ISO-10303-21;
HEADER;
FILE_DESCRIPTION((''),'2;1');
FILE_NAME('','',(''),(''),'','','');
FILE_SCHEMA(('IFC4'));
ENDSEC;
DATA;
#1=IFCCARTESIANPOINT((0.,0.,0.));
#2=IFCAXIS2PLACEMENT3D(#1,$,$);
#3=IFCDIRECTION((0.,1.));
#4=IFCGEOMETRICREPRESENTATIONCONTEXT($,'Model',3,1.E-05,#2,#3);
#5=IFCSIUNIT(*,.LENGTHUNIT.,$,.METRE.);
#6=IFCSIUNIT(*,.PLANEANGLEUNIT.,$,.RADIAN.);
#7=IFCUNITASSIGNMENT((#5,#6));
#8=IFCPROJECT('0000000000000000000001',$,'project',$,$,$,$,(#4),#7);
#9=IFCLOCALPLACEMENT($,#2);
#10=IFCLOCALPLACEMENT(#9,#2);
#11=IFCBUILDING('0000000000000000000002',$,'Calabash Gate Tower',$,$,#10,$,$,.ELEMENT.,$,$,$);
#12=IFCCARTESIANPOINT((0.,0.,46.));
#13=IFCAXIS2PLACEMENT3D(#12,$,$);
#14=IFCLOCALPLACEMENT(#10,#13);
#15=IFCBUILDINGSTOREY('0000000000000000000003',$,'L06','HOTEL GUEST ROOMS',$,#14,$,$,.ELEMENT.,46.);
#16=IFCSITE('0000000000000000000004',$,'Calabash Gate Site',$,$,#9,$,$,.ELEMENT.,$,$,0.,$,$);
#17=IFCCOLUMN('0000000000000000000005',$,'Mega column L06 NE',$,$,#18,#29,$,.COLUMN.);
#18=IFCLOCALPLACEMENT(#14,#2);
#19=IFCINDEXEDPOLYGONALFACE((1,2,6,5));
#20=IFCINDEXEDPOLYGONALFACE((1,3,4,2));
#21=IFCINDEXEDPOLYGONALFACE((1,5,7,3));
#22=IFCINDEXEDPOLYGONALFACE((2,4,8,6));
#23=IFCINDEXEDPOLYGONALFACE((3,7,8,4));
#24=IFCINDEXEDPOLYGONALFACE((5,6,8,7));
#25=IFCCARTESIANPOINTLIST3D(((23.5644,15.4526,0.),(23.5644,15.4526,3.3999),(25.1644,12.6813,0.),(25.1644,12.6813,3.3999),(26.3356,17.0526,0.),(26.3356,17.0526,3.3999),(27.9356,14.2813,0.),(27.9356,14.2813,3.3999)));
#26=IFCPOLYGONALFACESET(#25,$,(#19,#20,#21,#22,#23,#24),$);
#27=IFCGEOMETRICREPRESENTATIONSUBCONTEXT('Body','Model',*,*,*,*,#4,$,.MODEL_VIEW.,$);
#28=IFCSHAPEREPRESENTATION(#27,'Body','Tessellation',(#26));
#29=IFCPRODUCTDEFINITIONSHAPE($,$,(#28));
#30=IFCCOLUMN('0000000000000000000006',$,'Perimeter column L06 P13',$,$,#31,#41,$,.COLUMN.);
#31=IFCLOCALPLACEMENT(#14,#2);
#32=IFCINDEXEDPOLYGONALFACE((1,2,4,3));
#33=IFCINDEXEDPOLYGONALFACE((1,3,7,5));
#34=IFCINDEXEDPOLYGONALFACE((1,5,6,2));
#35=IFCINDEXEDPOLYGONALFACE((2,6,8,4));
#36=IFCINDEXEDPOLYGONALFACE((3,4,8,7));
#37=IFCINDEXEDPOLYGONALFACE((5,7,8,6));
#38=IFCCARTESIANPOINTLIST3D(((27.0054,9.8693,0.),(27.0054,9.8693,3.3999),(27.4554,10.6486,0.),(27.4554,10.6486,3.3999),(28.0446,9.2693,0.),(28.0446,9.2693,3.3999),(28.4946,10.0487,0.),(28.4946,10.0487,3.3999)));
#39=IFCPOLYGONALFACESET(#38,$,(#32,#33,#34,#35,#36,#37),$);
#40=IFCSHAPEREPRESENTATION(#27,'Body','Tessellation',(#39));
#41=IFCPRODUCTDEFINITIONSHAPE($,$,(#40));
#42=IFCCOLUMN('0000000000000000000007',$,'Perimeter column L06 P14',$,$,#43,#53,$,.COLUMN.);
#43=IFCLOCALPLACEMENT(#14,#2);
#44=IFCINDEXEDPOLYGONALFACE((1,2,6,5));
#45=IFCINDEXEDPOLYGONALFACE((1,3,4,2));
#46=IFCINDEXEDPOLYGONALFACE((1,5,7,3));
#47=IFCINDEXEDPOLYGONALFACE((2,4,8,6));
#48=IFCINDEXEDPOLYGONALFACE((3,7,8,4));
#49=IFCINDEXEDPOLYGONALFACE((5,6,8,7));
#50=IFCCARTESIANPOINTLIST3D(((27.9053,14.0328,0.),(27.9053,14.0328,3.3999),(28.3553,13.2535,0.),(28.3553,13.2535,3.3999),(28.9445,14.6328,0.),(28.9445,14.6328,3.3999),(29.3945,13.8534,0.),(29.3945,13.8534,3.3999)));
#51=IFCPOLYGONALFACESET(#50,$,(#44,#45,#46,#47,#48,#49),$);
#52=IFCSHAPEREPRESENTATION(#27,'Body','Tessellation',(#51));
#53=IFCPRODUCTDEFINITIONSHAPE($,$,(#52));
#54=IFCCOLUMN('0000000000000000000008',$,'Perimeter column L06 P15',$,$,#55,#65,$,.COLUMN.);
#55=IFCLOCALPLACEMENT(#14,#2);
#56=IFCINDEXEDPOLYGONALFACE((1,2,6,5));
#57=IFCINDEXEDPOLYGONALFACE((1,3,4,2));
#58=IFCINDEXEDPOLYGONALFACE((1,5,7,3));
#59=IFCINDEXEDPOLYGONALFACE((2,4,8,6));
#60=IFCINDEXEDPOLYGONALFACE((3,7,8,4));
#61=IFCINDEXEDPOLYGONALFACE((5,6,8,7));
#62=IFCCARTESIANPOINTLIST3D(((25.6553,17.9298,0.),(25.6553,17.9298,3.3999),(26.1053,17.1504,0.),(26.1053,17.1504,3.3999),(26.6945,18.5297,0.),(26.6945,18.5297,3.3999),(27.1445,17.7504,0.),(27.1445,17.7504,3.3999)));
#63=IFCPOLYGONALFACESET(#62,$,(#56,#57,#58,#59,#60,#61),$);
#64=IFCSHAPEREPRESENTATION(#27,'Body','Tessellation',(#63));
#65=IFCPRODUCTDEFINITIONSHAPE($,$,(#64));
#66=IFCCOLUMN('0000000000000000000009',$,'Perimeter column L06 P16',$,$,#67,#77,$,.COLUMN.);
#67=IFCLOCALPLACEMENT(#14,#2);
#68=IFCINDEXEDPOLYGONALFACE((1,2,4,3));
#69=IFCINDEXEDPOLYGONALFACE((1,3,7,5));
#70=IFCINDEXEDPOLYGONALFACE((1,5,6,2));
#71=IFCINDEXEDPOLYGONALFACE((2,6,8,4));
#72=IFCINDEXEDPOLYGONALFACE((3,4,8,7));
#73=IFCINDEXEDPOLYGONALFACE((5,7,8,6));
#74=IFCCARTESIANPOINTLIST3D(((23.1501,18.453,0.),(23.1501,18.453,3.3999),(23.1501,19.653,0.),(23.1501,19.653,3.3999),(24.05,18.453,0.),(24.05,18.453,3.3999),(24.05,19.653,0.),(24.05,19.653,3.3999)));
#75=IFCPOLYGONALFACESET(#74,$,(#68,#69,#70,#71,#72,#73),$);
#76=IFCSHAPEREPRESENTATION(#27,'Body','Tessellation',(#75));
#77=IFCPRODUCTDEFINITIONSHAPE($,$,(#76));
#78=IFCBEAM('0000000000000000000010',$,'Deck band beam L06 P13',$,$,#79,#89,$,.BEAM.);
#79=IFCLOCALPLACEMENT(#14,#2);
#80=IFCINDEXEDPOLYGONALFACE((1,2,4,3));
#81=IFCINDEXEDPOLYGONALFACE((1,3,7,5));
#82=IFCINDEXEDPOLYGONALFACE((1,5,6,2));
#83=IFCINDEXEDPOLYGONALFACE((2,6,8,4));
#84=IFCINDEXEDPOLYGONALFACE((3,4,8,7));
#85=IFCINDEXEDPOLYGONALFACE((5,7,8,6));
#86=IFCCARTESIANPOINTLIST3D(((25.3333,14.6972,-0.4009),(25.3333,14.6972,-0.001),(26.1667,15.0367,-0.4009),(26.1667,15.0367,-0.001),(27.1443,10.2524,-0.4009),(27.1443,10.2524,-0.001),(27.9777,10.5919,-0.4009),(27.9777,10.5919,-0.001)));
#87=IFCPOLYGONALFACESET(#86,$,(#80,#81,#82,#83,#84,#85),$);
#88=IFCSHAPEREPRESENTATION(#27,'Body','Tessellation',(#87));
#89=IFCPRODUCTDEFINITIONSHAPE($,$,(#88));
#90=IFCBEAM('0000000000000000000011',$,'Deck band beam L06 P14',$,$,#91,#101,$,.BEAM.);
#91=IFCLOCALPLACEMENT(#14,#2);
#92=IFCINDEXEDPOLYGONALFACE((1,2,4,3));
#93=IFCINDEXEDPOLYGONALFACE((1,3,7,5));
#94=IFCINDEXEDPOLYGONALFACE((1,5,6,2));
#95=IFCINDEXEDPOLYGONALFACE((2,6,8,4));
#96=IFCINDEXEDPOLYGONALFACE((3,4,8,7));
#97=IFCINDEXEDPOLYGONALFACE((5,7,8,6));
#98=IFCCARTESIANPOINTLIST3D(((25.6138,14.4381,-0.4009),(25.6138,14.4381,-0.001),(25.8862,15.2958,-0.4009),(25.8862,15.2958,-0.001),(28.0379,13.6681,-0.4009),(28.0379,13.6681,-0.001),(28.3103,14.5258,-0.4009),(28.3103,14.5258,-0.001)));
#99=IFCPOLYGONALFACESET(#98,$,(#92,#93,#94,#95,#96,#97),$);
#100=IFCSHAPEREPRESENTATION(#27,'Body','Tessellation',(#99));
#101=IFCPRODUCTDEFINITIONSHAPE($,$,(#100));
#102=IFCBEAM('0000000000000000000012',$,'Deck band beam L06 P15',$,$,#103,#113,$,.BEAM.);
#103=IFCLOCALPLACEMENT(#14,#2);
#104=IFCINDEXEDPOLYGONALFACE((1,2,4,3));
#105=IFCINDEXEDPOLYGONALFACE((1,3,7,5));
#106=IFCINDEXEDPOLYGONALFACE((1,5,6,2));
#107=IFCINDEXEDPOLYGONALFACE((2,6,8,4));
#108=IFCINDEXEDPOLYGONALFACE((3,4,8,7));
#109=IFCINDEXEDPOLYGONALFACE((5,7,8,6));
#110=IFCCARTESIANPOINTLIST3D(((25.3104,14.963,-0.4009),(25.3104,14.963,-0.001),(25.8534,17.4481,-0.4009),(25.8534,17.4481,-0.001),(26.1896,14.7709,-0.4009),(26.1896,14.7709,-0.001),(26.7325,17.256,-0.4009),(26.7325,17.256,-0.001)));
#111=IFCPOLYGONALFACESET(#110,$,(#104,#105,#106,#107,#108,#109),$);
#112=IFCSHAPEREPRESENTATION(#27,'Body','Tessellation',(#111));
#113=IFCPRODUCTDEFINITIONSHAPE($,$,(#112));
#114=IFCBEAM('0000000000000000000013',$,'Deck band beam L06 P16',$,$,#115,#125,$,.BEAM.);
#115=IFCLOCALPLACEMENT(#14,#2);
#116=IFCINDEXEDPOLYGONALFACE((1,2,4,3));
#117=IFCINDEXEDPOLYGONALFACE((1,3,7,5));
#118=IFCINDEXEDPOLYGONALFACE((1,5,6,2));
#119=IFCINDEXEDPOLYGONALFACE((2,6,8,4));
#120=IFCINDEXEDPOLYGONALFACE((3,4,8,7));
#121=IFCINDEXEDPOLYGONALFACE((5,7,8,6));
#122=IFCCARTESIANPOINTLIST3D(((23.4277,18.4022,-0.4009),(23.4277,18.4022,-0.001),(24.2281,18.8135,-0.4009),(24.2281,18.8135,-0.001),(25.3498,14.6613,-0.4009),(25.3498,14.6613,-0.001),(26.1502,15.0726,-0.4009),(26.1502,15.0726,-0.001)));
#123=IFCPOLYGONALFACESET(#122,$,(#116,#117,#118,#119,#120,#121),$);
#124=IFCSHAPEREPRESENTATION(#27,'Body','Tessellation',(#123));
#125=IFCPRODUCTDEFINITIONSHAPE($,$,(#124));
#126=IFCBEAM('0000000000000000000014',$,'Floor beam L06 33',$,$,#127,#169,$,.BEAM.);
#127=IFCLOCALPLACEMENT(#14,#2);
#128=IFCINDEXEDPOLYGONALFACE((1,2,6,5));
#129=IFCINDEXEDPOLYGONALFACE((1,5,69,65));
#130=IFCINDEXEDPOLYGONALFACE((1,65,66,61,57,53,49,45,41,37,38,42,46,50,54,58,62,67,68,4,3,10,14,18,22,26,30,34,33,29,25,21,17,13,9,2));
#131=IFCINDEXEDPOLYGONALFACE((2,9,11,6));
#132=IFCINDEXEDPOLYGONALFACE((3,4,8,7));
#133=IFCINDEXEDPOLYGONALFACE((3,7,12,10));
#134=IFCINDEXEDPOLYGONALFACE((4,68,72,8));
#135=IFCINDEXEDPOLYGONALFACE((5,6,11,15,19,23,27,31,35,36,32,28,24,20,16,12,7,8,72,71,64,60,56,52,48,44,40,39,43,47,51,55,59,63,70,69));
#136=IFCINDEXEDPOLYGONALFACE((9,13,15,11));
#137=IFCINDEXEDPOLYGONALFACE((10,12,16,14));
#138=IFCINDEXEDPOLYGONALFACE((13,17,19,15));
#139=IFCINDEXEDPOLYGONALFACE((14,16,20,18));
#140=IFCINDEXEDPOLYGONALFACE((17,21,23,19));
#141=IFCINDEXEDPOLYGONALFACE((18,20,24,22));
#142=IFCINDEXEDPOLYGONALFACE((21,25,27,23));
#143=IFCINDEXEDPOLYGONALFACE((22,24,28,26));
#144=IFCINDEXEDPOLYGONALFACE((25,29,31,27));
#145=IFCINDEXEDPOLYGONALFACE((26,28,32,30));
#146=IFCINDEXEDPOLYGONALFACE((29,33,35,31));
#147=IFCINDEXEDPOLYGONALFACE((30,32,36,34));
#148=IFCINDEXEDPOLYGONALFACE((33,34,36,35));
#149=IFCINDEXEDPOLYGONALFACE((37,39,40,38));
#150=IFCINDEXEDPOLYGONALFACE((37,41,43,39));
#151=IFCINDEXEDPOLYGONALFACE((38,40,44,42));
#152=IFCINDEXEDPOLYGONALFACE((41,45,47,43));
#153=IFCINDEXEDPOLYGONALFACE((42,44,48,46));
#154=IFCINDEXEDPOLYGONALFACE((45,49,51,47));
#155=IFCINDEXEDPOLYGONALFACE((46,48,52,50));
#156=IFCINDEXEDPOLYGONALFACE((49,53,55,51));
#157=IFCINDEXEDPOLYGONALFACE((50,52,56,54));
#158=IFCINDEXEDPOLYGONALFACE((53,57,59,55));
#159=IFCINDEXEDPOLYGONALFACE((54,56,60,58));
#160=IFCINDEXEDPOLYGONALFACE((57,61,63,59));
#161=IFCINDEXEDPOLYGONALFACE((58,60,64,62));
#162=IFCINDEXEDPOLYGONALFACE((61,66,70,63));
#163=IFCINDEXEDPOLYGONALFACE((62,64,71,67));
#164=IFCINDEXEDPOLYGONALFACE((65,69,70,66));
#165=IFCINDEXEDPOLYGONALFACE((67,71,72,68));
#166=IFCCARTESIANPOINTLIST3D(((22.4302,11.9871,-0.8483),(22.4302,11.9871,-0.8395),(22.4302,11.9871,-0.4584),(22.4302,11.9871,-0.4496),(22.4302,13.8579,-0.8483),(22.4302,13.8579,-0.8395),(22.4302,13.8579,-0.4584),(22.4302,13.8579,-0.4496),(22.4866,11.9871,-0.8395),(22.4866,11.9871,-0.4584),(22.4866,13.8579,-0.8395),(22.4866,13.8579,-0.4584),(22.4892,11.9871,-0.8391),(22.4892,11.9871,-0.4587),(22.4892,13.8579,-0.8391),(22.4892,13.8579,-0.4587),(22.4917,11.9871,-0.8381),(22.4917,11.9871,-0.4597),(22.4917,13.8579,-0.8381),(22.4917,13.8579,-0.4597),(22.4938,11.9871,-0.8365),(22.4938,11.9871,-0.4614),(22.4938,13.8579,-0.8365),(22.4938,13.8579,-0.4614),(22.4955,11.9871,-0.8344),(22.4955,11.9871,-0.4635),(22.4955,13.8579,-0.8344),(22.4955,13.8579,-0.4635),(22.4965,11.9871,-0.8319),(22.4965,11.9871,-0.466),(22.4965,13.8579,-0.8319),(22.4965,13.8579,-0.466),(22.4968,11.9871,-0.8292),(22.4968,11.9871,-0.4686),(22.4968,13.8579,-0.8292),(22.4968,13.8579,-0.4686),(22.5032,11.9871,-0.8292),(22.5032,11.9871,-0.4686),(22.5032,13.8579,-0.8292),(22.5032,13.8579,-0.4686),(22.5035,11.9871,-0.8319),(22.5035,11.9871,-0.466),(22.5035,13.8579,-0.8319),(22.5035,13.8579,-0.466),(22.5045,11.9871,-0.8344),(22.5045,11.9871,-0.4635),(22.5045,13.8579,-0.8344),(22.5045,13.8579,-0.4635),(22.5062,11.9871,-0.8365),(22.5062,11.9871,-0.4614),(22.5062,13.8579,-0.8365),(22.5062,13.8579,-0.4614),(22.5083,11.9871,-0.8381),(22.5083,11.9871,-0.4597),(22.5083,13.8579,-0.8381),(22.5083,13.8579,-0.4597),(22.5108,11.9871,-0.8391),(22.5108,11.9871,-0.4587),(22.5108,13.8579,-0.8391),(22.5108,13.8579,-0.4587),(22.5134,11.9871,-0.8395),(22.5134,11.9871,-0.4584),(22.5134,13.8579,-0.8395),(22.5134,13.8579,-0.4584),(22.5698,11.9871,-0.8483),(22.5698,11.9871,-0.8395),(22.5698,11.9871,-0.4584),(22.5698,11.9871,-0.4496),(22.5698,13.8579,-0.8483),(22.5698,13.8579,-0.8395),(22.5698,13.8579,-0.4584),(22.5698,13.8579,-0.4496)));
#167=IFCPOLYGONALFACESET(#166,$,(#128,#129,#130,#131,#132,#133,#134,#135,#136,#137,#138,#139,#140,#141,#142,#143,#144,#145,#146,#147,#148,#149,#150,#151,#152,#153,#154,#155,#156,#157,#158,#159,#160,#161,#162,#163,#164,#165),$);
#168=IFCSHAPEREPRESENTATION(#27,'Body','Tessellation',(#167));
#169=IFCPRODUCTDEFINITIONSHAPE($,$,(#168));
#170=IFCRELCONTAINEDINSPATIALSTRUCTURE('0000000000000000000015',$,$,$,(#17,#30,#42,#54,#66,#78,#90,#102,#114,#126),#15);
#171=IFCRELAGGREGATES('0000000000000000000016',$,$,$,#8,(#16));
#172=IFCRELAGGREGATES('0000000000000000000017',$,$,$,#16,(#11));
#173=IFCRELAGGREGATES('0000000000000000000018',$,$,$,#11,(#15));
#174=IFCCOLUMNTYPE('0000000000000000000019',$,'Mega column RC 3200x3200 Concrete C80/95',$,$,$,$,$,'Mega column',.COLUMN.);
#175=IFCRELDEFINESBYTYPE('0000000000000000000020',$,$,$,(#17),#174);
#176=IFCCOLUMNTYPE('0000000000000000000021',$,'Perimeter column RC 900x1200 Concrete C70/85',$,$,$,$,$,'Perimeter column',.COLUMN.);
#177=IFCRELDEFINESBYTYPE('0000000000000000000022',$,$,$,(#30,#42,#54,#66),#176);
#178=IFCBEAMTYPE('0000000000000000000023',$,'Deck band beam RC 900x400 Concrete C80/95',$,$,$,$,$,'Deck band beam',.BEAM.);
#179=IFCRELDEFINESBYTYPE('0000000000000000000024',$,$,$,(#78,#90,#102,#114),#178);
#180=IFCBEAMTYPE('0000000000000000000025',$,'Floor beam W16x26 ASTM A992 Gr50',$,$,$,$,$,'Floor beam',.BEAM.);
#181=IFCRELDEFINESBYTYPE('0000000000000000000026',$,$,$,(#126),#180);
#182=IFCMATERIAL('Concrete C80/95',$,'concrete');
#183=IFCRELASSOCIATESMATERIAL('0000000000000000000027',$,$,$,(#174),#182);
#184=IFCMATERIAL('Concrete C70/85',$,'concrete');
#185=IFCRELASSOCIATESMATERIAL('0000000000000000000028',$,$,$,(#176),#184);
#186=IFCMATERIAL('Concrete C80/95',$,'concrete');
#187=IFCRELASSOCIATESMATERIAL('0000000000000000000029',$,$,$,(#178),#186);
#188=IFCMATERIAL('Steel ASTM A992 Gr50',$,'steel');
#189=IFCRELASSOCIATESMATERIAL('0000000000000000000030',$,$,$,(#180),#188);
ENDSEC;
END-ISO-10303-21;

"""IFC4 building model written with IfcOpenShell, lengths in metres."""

from ifc_helpers import new_model, si_unit, direction, frame, origin, origin_2d, place, context, subcontext, project, spatial, rectangle, i_section, extrude, material, material_profile, profile_set, type_object, element, save


model = new_model("IFC4")

# Units and contexts
model_context = context("Model", 3, precision=1e-05, world=origin(), true_north=direction((0.0, 1.0)))
body_context = subcontext(model_context, "Body", "Model", "MODEL_VIEW")
ifc_project = project(units=[si_unit("LENGTHUNIT", "METRE"), si_unit("PLANEANGLEUNIT", "RADIAN")], contexts=[model_context])

# Site, building, storey
site_placement = place(None, origin())
site = spatial("IfcSite", under=ifc_project, at=site_placement, Name="Calabash Gate Site", CompositionType="ELEMENT", RefElevation=0.0)
building_placement = place(site_placement, origin())
building = spatial("IfcBuilding", under=site, at=building_placement, Name="Calabash Gate Tower", CompositionType="ELEMENT")
storey_placement = place(building_placement, frame((0.0, 0.0, 46.0)))
storey = spatial("IfcBuildingStorey", under=building, at=storey_placement, Name="L06", Description="HOTEL GUEST ROOMS", CompositionType="ELEMENT", Elevation=46.0)

# Columns
ifc_material_1 = material(Name="Concrete C80/95", Category="concrete")
ifc_material_profile_1 = material_profile(ifc_material_1, rectangle(XDim=3.2, YDim=3.2, at=origin_2d()))
ifc_profile_set_1 = profile_set([ifc_material_profile_1], Name="Concrete C80/95")
column_type_1 = type_object("IfcColumnType", Name="Mega column RC 3200x3200 Concrete C80/95", ElementType="Mega column", PredefinedType="COLUMN", material=ifc_profile_set_1)
column_placement = place(storey_placement, frame((25.75, 14.8669, 0.0), z_axis=(0.0, 0.0, 1.0), x_axis=(-0.866025, -0.5, 0.0)))
element("IfcColumn", 1, at=column_placement, inside=storey, type_object=column_type_1, Name="Mega column L06 NE", PredefinedType="COLUMN", context=body_context, shape_type="SweptSolid", body=[
    extrude(rectangle(XDim=3.2, YDim=3.2, at=origin_2d()), origin(), (0.0, 0.0, 1.0), 3.3999),
])
ifc_material_2 = material(Name="Concrete C70/85", Category="concrete")
ifc_material_profile_2 = material_profile(ifc_material_2, rectangle(XDim=0.8999, YDim=1.2, at=origin_2d()))
ifc_profile_set_2 = profile_set([ifc_material_profile_2], Name="Concrete C70/85")
column_type_2 = type_object("IfcColumnType", Name="Perimeter column RC 900x1200 Concrete C70/85", ElementType="Perimeter column", PredefinedType="COLUMN", material=ifc_profile_set_2)
for number, where, z_axis, x_axis, name in (
    (2, (27.75, 9.959, 0.0), (0.0, 0.0, 1.0), (0.5, 0.866025, 0.0), "Perimeter column L06 P13"),
    (3, (28.6499, 13.9431, 0.0), (0.0, 0.0, 1.0), (-0.5, 0.866025, 0.0), "Perimeter column L06 P14"),
    (4, (26.3999, 17.8401, 0.0), (0.0, 0.0, 1.0), (-0.5, 0.866025, 0.0), "Perimeter column L06 P15"),
    (5, (23.6001, 19.053, 0.0), (0.0, 0.0, 1.0), (-1.0, 0.0, 0.0), "Perimeter column L06 P16"),
):
    element("IfcColumn", number, at=place(storey_placement, frame(where, z_axis=z_axis, x_axis=x_axis)), inside=storey, type_object=column_type_2, Name=name, PredefinedType="COLUMN", context=body_context, shape_type="SweptSolid", body=[
        extrude(rectangle(XDim=0.8999, YDim=1.2, at=origin_2d()), origin(), (0.0, 0.0, 1.0), 3.3999),
    ])

# Beams
ifc_material_3 = material(Name="Concrete C80/95", Category="concrete")
ifc_material_profile_3 = material_profile(ifc_material_3, rectangle(XDim=0.8999, YDim=0.3999, at=origin_2d()))
ifc_profile_set_3 = profile_set([ifc_material_profile_3], Name="Concrete C80/95")
beam_type_1 = type_object("IfcBeamType", Name="Deck band beam RC 900x400 Concrete C80/95", ElementType="Deck band beam", PredefinedType="BEAM", material=ifc_profile_set_3)
beam_1_placement = place(storey_placement, frame((25.75, 14.8669, -0.2009), z_axis=(0.377329, -0.926079, 0.0), x_axis=(0.926079, 0.377329, 0.0)))
element("IfcBeam", 6, at=beam_1_placement, inside=storey, type_object=beam_type_1, Name="Deck band beam L06 P13", PredefinedType="BEAM", context=body_context, shape_type="SweptSolid", body=[
    extrude(rectangle(XDim=0.8999, YDim=0.3999, at=origin_2d()), origin(), (0.0, 0.0, 1.0), 4.7996),
])
beam_2_placement = place(storey_placement, frame((25.75, 14.8669, -0.2009), z_axis=(0.953071, -0.302748, 0.0), x_axis=(0.302748, 0.953071, 0.0)))
element("IfcBeam", 7, at=beam_2_placement, inside=storey, type_object=beam_type_1, Name="Deck band beam L06 P14", PredefinedType="BEAM", context=body_context, shape_type="SweptSolid", body=[
    extrude(rectangle(XDim=0.8999, YDim=0.3999, at=origin_2d()), origin(), (0.0, 0.0, 1.0), 2.5435),
])
beam_3_placement = place(storey_placement, frame((25.75, 14.8669, -0.2009), z_axis=(0.213454, 0.976953, 0.0), x_axis=(-0.976953, 0.213454, 0.0)))
element("IfcBeam", 8, at=beam_3_placement, inside=storey, type_object=beam_type_1, Name="Deck band beam L06 P15", PredefinedType="BEAM", context=body_context, shape_type="SweptSolid", body=[
    extrude(rectangle(XDim=0.8999, YDim=0.3999, at=origin_2d()), origin(), (0.0, 0.0, 1.0), 2.5437),
])
beam_4_placement = place(storey_placement, frame((25.75, 14.8669, -0.2009), z_axis=(-0.457008, 0.889462, 0.0), x_axis=(-0.889462, -0.457008, 0.0)))
element("IfcBeam", 9, at=beam_4_placement, inside=storey, type_object=beam_type_1, Name="Deck band beam L06 P16", PredefinedType="BEAM", context=body_context, shape_type="SweptSolid", body=[
    extrude(rectangle(XDim=0.8999, YDim=0.3999, at=origin_2d()), origin(), (0.0, 0.0, 1.0), 4.2058),
])
ifc_material_4 = material(Name="Steel ASTM A992 Gr50", Category="steel")
ifc_material_profile_4 = material_profile(ifc_material_4, i_section(OverallWidth=0.1396, OverallDepth=0.3987, WebThickness=0.0063, FlangeThickness=0.0088, FilletRadius=0.0103, at=origin_2d()))
ifc_profile_set_4 = profile_set([ifc_material_profile_4], Name="Steel ASTM A992 Gr50")
beam_type_2 = type_object("IfcBeamType", Name="Floor beam W16x26 ASTM A992 Gr50", ElementType="Floor beam", PredefinedType="BEAM", material=ifc_profile_set_4)
beam_5_placement = place(storey_placement, frame((22.5, 11.9871, -0.6489), z_axis=(0.0, 1.0, 0.0), x_axis=(-1.0, 0.0, 0.0)))
element("IfcBeam", 10, at=beam_5_placement, inside=storey, type_object=beam_type_2, Name="Floor beam L06 33", PredefinedType="BEAM", context=body_context, shape_type="SweptSolid", body=[
    extrude(i_section(OverallWidth=0.1396, OverallDepth=0.3987, WebThickness=0.0063, FlangeThickness=0.0088, FilletRadius=0.0103, at=origin_2d()), origin(), (0.0, 0.0, 1.0), 1.8708),
])

save(model, "model.ifc")
